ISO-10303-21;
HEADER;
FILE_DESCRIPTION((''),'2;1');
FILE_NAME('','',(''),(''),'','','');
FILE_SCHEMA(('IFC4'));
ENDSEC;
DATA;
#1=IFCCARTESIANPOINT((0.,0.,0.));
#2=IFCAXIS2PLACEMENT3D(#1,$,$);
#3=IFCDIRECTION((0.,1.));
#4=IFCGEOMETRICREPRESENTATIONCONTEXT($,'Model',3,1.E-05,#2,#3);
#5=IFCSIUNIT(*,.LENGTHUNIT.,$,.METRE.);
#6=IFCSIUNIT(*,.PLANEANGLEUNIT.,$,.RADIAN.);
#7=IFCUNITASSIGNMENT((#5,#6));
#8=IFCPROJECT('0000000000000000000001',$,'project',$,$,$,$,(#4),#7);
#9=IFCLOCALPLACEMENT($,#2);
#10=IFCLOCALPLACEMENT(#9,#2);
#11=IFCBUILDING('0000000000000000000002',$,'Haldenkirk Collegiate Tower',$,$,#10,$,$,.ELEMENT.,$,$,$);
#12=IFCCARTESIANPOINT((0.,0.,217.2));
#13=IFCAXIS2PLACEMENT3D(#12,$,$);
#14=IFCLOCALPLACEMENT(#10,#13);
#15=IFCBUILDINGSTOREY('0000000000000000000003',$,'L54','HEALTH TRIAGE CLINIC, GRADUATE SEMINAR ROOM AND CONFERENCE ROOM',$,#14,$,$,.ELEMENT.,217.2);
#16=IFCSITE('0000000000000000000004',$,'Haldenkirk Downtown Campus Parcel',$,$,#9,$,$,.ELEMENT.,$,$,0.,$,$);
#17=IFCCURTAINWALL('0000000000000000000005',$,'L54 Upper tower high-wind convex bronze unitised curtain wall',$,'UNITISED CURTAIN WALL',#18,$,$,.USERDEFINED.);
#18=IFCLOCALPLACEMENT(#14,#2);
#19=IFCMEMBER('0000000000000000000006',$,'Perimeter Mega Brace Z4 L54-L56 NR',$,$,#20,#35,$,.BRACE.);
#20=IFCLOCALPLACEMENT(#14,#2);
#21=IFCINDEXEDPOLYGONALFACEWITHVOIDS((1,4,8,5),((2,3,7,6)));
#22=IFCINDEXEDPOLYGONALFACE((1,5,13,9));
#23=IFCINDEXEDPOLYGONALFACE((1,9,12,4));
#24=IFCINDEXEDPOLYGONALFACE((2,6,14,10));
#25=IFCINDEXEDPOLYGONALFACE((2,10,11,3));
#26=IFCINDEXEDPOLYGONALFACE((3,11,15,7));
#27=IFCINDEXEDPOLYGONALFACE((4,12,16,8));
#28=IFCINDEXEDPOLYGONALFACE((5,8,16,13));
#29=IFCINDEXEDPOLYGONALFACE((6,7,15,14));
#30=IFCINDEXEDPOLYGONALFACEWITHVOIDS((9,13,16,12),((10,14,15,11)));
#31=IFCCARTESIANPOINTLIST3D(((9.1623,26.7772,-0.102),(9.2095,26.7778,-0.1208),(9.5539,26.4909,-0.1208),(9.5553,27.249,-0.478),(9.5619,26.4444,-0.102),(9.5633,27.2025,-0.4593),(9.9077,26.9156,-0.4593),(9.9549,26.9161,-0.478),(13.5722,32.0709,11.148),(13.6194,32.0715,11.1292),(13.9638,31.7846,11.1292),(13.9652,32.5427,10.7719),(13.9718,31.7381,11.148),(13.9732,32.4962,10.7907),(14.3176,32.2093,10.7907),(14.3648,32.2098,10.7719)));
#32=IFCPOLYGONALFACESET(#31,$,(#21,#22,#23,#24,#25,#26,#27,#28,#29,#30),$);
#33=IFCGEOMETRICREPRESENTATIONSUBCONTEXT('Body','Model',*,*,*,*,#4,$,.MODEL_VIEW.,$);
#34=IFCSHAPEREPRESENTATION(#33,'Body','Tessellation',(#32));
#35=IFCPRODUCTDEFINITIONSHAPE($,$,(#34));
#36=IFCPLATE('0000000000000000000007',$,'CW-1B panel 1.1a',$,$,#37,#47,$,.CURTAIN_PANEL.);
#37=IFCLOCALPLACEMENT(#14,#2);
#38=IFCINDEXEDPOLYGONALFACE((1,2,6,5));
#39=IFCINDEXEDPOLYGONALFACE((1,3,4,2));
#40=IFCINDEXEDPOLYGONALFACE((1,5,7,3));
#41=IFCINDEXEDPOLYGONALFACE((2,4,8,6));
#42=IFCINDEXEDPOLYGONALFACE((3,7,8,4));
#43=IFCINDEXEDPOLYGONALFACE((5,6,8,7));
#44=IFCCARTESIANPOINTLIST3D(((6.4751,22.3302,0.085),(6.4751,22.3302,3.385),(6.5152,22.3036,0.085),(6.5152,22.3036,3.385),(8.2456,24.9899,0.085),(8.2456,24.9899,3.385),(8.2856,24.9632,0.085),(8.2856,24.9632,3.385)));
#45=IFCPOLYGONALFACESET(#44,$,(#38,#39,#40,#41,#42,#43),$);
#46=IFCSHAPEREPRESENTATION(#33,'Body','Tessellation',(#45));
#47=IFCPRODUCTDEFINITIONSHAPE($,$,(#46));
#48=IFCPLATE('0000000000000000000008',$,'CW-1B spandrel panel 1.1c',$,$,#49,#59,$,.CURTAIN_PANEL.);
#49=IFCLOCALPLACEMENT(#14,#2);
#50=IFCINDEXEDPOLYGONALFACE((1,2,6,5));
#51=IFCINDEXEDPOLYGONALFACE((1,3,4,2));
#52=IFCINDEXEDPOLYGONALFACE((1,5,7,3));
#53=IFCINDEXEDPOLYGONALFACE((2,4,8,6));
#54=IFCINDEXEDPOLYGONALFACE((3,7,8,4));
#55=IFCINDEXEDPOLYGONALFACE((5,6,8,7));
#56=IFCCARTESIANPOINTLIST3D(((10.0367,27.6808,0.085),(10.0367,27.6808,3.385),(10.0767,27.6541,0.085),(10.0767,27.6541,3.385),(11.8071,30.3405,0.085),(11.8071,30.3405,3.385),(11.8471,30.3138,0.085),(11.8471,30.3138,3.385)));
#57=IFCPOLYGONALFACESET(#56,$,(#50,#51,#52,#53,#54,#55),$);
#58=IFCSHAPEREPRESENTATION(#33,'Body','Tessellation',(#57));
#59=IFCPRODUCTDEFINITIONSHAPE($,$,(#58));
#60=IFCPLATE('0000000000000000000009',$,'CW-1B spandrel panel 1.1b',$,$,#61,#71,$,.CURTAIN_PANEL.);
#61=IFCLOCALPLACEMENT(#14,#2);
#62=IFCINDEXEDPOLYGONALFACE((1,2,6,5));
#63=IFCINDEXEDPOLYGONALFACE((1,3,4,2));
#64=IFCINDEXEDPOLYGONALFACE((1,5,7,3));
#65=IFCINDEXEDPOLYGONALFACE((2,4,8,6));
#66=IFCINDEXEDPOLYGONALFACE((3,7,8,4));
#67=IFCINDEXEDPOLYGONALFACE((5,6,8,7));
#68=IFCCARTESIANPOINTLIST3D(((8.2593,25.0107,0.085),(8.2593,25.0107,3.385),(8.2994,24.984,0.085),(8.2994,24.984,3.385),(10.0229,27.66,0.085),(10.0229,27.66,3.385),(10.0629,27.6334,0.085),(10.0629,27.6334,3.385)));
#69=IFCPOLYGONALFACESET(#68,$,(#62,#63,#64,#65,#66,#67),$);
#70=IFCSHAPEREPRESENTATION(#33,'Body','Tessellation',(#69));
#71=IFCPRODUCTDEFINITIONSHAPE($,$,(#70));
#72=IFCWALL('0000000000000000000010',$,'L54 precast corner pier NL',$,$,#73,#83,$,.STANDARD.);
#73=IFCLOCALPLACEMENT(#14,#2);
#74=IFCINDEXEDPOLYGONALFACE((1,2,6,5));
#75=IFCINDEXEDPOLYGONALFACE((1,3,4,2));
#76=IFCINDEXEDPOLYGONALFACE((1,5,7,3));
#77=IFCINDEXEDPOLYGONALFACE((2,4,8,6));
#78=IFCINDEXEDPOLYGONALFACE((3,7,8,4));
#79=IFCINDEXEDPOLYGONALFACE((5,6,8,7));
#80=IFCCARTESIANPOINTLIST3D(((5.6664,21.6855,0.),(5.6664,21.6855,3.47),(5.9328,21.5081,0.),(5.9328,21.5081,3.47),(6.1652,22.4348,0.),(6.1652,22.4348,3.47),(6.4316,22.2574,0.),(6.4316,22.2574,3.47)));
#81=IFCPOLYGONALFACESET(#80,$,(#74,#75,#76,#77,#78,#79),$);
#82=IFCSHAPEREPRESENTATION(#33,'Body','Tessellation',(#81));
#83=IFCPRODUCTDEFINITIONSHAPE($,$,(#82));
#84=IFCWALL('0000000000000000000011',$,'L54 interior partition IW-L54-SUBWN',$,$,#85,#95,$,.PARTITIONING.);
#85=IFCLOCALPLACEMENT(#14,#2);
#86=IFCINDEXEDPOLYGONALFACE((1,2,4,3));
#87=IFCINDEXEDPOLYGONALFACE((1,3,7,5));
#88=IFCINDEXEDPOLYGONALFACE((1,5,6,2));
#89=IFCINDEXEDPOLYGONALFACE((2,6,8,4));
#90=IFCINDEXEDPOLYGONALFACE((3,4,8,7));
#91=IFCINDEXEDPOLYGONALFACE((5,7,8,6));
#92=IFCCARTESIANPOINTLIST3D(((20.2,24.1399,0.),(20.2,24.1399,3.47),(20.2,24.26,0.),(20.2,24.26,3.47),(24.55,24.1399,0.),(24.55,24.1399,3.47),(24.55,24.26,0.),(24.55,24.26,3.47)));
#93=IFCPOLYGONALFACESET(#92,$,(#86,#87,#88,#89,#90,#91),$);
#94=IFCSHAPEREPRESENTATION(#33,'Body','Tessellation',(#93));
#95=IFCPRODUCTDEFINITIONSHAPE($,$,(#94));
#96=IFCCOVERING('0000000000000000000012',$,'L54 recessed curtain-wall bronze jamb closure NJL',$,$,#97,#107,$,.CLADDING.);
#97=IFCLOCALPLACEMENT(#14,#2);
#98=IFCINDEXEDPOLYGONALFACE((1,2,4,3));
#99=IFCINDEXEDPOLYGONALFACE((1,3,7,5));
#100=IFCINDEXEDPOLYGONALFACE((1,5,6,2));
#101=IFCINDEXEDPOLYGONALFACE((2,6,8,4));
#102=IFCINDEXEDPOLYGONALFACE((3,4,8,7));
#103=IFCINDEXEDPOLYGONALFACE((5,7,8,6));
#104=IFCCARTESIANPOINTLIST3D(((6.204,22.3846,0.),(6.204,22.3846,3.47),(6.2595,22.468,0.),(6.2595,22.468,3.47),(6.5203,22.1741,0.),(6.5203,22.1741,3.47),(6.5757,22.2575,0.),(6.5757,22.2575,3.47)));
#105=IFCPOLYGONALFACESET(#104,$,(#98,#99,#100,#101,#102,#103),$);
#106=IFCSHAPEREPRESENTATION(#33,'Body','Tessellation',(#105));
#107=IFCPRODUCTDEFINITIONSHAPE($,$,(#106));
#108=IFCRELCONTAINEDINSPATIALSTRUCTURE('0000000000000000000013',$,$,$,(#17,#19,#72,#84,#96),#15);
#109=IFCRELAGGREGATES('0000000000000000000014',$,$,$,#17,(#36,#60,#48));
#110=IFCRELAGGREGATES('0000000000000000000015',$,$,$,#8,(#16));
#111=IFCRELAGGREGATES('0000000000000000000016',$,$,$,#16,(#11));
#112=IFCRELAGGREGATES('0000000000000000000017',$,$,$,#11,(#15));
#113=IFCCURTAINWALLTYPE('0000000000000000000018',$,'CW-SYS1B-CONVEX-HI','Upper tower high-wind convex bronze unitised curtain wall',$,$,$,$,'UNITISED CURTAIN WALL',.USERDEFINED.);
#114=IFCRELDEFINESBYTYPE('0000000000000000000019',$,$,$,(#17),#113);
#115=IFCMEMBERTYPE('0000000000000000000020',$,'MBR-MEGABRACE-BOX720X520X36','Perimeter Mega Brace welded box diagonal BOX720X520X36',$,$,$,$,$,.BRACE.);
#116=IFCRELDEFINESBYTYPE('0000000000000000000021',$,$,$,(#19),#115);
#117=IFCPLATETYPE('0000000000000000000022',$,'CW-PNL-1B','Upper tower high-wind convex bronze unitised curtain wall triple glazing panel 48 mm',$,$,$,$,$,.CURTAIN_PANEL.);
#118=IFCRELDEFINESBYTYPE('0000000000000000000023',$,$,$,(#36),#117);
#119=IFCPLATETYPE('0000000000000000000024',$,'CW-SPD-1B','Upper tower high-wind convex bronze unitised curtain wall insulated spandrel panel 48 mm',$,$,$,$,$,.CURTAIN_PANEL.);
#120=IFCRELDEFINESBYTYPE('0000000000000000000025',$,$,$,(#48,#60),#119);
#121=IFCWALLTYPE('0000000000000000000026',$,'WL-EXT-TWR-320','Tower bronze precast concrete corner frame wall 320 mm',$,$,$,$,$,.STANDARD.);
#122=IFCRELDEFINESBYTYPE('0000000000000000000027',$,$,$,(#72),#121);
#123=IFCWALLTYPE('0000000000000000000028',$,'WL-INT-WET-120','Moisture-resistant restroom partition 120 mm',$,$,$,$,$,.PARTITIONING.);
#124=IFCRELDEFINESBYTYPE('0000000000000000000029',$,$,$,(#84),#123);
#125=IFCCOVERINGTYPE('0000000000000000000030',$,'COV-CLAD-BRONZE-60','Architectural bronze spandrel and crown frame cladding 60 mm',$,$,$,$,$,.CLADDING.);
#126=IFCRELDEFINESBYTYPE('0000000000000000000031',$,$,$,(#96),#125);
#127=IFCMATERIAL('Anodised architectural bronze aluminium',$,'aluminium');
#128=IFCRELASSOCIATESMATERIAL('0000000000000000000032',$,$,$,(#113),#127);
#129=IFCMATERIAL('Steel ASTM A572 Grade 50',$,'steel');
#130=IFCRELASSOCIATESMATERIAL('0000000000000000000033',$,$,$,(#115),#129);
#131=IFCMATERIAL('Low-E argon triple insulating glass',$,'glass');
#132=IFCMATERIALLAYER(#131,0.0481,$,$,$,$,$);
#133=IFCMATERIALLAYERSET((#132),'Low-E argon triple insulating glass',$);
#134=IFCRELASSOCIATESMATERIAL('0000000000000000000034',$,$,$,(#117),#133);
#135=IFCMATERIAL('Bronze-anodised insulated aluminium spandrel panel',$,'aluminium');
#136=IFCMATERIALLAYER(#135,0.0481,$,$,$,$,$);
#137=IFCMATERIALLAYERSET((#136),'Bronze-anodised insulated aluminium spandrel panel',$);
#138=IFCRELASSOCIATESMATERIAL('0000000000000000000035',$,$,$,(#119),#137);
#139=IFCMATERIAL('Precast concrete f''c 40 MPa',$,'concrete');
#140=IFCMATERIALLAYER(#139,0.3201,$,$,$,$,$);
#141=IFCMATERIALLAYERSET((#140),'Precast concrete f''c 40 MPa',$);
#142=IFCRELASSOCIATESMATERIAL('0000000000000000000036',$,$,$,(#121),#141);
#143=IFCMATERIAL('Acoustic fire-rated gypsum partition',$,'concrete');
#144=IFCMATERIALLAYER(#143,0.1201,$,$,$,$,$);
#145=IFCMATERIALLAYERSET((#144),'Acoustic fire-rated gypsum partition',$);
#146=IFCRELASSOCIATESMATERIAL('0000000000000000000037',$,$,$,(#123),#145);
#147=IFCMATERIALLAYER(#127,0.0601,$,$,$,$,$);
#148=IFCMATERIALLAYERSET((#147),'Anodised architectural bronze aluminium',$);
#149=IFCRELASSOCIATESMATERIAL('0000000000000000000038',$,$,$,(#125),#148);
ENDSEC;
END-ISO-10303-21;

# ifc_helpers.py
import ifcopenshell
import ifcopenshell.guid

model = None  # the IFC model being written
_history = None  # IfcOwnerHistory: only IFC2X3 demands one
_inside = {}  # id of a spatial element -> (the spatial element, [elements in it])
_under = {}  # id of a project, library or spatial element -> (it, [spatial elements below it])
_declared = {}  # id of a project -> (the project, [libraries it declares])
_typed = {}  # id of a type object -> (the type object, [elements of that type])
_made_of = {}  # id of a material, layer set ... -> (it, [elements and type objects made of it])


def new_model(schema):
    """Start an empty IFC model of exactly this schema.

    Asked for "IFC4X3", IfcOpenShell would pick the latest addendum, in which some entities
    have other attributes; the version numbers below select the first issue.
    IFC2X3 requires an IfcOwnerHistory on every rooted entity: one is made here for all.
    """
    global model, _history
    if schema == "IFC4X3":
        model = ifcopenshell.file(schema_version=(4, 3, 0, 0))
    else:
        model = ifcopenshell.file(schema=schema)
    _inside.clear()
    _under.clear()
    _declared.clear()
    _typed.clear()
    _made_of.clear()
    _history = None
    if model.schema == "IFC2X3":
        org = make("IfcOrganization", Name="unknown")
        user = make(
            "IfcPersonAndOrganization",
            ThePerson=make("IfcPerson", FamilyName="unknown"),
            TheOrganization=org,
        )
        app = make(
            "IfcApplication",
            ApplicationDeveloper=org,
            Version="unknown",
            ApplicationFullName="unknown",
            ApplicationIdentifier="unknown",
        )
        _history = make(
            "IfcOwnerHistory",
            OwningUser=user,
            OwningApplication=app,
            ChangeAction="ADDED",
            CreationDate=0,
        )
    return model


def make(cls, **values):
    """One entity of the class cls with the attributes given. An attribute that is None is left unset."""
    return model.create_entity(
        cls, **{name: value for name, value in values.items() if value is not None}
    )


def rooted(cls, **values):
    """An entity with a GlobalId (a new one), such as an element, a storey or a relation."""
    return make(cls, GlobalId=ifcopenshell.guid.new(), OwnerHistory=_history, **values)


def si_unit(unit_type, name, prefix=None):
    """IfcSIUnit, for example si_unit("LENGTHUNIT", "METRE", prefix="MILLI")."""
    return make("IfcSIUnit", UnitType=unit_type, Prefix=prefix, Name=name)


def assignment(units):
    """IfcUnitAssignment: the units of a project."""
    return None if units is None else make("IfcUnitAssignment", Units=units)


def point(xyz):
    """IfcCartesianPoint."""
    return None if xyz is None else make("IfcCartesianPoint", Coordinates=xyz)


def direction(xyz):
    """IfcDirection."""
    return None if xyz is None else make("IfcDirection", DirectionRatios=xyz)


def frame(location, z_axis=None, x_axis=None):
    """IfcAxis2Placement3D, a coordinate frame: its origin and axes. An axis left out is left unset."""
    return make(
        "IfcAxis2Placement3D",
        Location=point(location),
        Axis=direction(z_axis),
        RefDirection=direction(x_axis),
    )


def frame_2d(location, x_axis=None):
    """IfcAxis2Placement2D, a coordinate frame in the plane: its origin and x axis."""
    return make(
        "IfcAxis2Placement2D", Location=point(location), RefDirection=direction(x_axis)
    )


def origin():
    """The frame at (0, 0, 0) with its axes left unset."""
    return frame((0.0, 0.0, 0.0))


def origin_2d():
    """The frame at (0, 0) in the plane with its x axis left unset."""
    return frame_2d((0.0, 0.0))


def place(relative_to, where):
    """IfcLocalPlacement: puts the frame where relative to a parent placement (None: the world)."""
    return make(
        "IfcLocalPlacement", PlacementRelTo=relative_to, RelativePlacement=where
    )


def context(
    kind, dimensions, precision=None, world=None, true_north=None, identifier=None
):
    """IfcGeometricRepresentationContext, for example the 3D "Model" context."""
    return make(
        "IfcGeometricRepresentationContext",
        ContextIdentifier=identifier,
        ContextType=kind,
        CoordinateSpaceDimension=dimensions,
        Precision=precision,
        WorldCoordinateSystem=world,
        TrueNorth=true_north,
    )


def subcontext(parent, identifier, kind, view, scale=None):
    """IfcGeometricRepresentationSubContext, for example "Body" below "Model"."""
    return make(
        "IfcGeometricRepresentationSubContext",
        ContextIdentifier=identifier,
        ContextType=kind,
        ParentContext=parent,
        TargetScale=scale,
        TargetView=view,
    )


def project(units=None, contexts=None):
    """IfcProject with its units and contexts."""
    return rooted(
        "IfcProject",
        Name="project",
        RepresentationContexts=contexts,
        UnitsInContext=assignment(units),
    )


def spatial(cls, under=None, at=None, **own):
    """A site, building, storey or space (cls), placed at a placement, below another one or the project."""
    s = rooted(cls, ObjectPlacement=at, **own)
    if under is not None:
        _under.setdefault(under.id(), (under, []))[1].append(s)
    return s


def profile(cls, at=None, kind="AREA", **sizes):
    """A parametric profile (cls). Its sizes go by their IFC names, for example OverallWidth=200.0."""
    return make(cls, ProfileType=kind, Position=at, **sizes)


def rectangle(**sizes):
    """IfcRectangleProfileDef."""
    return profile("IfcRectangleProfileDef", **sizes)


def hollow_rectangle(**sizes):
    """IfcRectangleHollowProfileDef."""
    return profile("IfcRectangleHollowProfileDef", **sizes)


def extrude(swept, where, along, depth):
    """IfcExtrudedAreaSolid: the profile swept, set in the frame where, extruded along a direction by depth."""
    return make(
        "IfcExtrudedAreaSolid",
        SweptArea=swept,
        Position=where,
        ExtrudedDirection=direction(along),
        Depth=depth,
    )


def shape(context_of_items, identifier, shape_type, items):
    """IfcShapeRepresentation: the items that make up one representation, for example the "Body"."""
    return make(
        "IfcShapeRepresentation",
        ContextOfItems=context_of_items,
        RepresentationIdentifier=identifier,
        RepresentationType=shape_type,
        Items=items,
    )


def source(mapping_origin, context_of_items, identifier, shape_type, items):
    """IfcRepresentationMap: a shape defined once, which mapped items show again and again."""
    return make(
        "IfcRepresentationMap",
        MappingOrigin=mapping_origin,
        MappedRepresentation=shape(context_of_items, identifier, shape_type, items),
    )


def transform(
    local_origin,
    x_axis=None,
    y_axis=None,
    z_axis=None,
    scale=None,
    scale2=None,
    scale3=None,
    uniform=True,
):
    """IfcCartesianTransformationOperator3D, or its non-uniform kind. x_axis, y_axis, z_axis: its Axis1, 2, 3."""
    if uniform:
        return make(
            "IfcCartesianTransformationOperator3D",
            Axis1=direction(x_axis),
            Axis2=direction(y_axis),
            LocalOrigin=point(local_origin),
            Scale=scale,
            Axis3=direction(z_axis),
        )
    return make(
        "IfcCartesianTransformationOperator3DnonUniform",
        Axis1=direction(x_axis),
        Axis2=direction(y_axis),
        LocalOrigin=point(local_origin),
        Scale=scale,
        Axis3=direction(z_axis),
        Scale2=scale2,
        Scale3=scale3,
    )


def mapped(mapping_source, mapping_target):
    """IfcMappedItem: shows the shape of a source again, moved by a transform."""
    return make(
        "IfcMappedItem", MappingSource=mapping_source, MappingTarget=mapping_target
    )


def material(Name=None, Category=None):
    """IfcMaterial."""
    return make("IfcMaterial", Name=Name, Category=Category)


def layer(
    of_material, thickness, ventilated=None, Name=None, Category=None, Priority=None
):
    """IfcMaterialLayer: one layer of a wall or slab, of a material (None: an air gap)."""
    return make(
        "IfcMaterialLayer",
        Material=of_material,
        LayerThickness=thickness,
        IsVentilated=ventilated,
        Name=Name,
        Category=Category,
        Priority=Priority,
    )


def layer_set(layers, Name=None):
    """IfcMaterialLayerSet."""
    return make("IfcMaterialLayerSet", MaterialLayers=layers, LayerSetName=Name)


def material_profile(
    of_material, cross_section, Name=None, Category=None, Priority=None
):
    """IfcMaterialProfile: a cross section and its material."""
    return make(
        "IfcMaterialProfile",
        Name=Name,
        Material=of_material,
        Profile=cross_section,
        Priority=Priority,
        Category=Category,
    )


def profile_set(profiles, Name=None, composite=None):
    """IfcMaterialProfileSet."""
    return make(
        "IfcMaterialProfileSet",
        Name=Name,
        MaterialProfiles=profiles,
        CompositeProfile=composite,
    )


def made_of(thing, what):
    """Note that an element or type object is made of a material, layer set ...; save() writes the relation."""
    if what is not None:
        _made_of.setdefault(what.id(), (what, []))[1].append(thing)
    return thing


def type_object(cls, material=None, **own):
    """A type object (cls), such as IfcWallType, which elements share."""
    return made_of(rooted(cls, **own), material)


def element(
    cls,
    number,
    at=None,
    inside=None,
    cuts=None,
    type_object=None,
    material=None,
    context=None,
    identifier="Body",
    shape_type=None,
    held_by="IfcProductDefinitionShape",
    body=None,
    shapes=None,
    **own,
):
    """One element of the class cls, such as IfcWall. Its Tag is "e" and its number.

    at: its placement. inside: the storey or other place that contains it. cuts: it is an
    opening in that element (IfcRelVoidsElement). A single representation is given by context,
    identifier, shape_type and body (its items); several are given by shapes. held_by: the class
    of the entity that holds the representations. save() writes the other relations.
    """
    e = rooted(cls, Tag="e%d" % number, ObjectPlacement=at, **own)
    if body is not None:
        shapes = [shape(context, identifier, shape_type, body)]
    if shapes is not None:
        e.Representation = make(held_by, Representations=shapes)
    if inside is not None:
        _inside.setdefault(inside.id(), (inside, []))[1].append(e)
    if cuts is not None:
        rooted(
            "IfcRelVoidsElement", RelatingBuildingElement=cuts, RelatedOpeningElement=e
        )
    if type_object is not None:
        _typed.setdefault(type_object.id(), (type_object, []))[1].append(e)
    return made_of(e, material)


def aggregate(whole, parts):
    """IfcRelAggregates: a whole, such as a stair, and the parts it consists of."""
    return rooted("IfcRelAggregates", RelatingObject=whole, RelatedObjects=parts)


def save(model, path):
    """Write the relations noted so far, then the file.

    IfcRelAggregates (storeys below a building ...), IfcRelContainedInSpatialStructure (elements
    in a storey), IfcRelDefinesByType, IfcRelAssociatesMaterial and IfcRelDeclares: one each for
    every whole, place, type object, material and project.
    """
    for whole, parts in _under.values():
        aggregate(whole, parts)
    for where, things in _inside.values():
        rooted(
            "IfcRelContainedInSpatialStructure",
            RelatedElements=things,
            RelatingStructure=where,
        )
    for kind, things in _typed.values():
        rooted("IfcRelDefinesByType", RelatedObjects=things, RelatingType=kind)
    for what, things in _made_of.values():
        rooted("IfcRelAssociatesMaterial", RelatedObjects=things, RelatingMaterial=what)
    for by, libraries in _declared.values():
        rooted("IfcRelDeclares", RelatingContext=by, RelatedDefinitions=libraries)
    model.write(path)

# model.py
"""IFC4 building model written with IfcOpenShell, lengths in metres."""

from ifc_helpers import new_model, si_unit, direction, frame, frame_2d, origin, origin_2d, place, context, subcontext, project, spatial, rectangle, hollow_rectangle, extrude, source, transform, mapped, material, layer, layer_set, material_profile, profile_set, type_object, element, aggregate, save


model = new_model("IFC4")

# Units and contexts
model_context = context("Model", 3, precision=1e-05, world=origin(), true_north=direction((0.0, 1.0)))
body_context = subcontext(model_context, "Body", "Model", "MODEL_VIEW")
ifc_project = project(units=[si_unit("LENGTHUNIT", "METRE"), si_unit("PLANEANGLEUNIT", "RADIAN")], contexts=[model_context])

# Site, building, storey
site_placement = place(None, origin())
site = spatial("IfcSite", under=ifc_project, at=site_placement, Name="Haldenkirk Downtown Campus Parcel", CompositionType="ELEMENT", RefElevation=0.0)
building_placement = place(site_placement, origin())
building = spatial("IfcBuilding", under=site, at=building_placement, Name="Haldenkirk Collegiate Tower", CompositionType="ELEMENT")
storey_placement = place(building_placement, frame((0.0, 0.0, 217.2)))
storey = spatial("IfcBuildingStorey", under=building, at=storey_placement, Name="L54", Description="HEALTH TRIAGE CLINIC, GRADUATE SEMINAR ROOM AND CONFERENCE ROOM", CompositionType="ELEMENT", Elevation=217.2)

# Curtain wall
ifc_material_1 = material(Name="Anodised architectural bronze aluminium", Category="aluminium")
curtain_wall_type = type_object("IfcCurtainWallType", Name="CW-SYS1B-CONVEX-HI", Description="Upper tower high-wind convex bronze unitised curtain wall", ElementType="UNITISED CURTAIN WALL", PredefinedType="USERDEFINED", material=ifc_material_1)
curtain_wall_placement = place(storey_placement, origin())
curtain_wall = element("IfcCurtainWall", 1, at=curtain_wall_placement, inside=storey, type_object=curtain_wall_type, Name="L54 Upper tower high-wind convex bronze unitised curtain wall", ObjectType="UNITISED CURTAIN WALL", PredefinedType="USERDEFINED")

# Member
ifc_material_2 = material(Name="Steel ASTM A572 Grade 50", Category="steel")
ifc_material_profile_1 = material_profile(ifc_material_2, hollow_rectangle(XDim=0.52, YDim=0.72, WallThickness=0.0359, at=origin_2d()), Name="BOX720X520X36")
ifc_profile_set_1 = profile_set([ifc_material_profile_1], Name="Steel ASTM A572 Grade 50")
member_type_1 = type_object("IfcMemberType", Name="MBR-MEGABRACE-BOX720X520X36", Description="Perimeter Mega Brace welded box diagonal BOX720X520X36", PredefinedType="BRACE", material=ifc_profile_set_1)
member_1_placement = place(storey_placement, frame((9.5586, 26.8467, -0.29), z_axis=(0.334283, 0.401276, 0.852779), x_axis=(-0.768329, 0.640055, 0.0)))
element("IfcMember", 2, at=member_1_placement, inside=storey, type_object=member_type_1, Name="Perimeter Mega Brace Z4 L54-L56 NR", PredefinedType="BRACE", context=body_context, shape_type="SweptSolid", body=[
    extrude(hollow_rectangle(XDim=0.52, YDim=0.72, WallThickness=0.0359, at=origin_2d()), origin(), (0.0, 0.0, 1.0), 13.1921),
])

# Plates
ifc_material_3 = material(Name="Low-E argon triple insulating glass", Category="glass")
ifc_layer_1 = layer(ifc_material_3, 0.0481)
ifc_layer_set_1 = layer_set([ifc_layer_1], Name="Low-E argon triple insulating glass")
plate_type_1 = type_object("IfcPlateType", Name="CW-PNL-1B", Description="Upper tower high-wind convex bronze unitised curtain wall triple glazing panel 48 mm", PredefinedType="CURTAIN_PANEL", material=ifc_layer_set_1)
shared_shape_1 = source(origin(), body_context, "Body", "SweptSolid", [
    extrude(rectangle(XDim=3.1951, YDim=0.0481, at=origin_2d()), origin(), (0.0, 0.0, 1.0), 3.3),
])
plate_1_placement = place(storey_placement, frame((7.3804, 23.6467, 0.085), z_axis=(0.0, 0.0, 1.0), x_axis=(0.55412, 0.832437, 0.0)))
plate_1 = element("IfcPlate", 3, at=plate_1_placement, type_object=plate_type_1, Name="CW-1B panel 1.1a", PredefinedType="CURTAIN_PANEL", context=body_context, shape_type="MappedRepresentation", body=[
    mapped(shared_shape_1, transform((0.0, 0.0, 0.0), x_axis=(1.0, 0.0, 0.0), y_axis=(0.0, 1.0, 0.0), z_axis=(0.0, 0.0, 1.0), scale=1.0)),
])
ifc_material_4 = material(Name="Bronze-anodised insulated aluminium spandrel panel", Category="aluminium")
ifc_layer_2 = layer(ifc_material_4, 0.0481)
ifc_layer_set_2 = layer_set([ifc_layer_2], Name="Bronze-anodised insulated aluminium spandrel panel")
plate_type_2 = type_object("IfcPlateType", Name="CW-SPD-1B", Description="Upper tower high-wind convex bronze unitised curtain wall insulated spandrel panel 48 mm", PredefinedType="CURTAIN_PANEL", material=ifc_layer_set_2)
plate_2_placement = place(storey_placement, frame((10.9419, 28.9973, 0.085), z_axis=(0.0, 0.0, 1.0), x_axis=(0.55412, 0.832437, 0.0)))
plate_2 = element("IfcPlate", 4, at=plate_2_placement, type_object=plate_type_2, Name="CW-1B spandrel panel 1.1c", PredefinedType="CURTAIN_PANEL", context=body_context, shape_type="MappedRepresentation", body=[
    mapped(shared_shape_1, transform((0.0, 0.0, 0.0), x_axis=(1.0, 0.0, 0.0), y_axis=(0.0, 1.0, 0.0), z_axis=(0.0, 0.0, 1.0), scale=1.0)),
])
shared_shape_2 = source(origin(), body_context, "Body", "SweptSolid", [
    extrude(rectangle(XDim=3.1826, YDim=0.0481, at=origin_2d()), origin(), (0.0, 0.0, 1.0), 3.3),
])
plate_3_placement = place(storey_placement, frame((9.1611, 26.322, 0.085), z_axis=(0.0, 0.0, 1.0), x_axis=(0.55412, 0.832437, 0.0)))
plate_3 = element("IfcPlate", 5, at=plate_3_placement, type_object=plate_type_2, Name="CW-1B spandrel panel 1.1b", PredefinedType="CURTAIN_PANEL", context=body_context, shape_type="MappedRepresentation", body=[
    mapped(shared_shape_2, transform((0.0, 0.0, 0.0), x_axis=(1.0, 0.0, 0.0), y_axis=(0.0, 1.0, 0.0), z_axis=(0.0, 0.0, 1.0), scale=1.0)),
])
aggregate(curtain_wall, [plate_1, plate_3, plate_2])

# Wall
ifc_material_5 = material(Name="Precast concrete f'c 40 MPa", Category="concrete")
ifc_layer_3 = layer(ifc_material_5, 0.3201)
ifc_layer_set_3 = layer_set([ifc_layer_3], Name="Precast concrete f'c 40 MPa")
wall_type_1 = type_object("IfcWallType", Name="WL-EXT-TWR-320", Description="Tower bronze precast concrete corner frame wall 320 mm", PredefinedType="STANDARD", material=ifc_layer_set_3)
wall_1_placement = place(storey_placement, frame((5.7996, 21.5967, 0.0), z_axis=(0.0, 0.0, 1.0), x_axis=(0.554137, 0.832426, 0.0)))
element("IfcWall", 6, at=wall_1_placement, inside=storey, type_object=wall_type_1, Name="L54 precast corner pier NL", PredefinedType="STANDARD", context=body_context, shape_type="SweptSolid", body=[
    extrude(rectangle(XDim=0.9001, YDim=0.3201, at=frame_2d((0.4502, 0.0))), origin(), (0.0, 0.0, 1.0), 3.47),
])

# Shared definitions
ifc_material_6 = material(Name="Acoustic fire-rated gypsum partition", Category="concrete")

# Wall
ifc_layer_4 = layer(ifc_material_6, 0.1201)
ifc_layer_set_4 = layer_set([ifc_layer_4], Name="Acoustic fire-rated gypsum partition")
wall_type_2 = type_object("IfcWallType", Name="WL-INT-WET-120", Description="Moisture-resistant restroom partition 120 mm", PredefinedType="PARTITIONING", material=ifc_layer_set_4)
wall_2_placement = place(storey_placement, frame((20.2, 24.2, 0.0), z_axis=(0.0, 0.0, 1.0), x_axis=(1.0, 0.0, 0.0)))
element("IfcWall", 7, at=wall_2_placement, inside=storey, type_object=wall_type_2, Name="L54 interior partition IW-L54-SUBWN", PredefinedType="PARTITIONING", context=body_context, shape_type="SweptSolid", body=[
    extrude(rectangle(XDim=4.3501, YDim=0.1201, at=frame_2d((2.175, 0.0))), origin(), (0.0, 0.0, 1.0), 3.47),
])

# Covering
ifc_layer_5 = layer(ifc_material_1, 0.0601)
ifc_layer_set_5 = layer_set([ifc_layer_5], Name="Anodised architectural bronze aluminium")
covering_type = type_object("IfcCoveringType", Name="COV-CLAD-BRONZE-60", Description="Architectural bronze spandrel and crown frame cladding 60 mm", PredefinedType="CLADDING", material=ifc_layer_set_5)
shared_shape_3 = source(origin(), body_context, "Body", "SweptSolid", [
    extrude(rectangle(XDim=0.1001, YDim=0.3799, at=origin_2d()), origin(), (0.0, 0.0, 1.0), 3.47),
])
covering_placement = place(storey_placement, frame((6.3899, 22.321, 0.0), z_axis=(0.0, 0.0, 1.0), x_axis=(0.554118, 0.832438, 0.0)))
element("IfcCovering", 8, at=covering_placement, inside=storey, type_object=covering_type, Name="L54 recessed curtain-wall bronze jamb closure NJL", PredefinedType="CLADDING", context=body_context, shape_type="MappedRepresentation", body=[
    mapped(shared_shape_3, transform((0.0, 0.0, 0.0), x_axis=(1.0, 0.0, 0.0), y_axis=(0.0, 1.0, 0.0), z_axis=(0.0, 0.0, 1.0), scale=1.0)),
])

save(model, "model.ifc")
